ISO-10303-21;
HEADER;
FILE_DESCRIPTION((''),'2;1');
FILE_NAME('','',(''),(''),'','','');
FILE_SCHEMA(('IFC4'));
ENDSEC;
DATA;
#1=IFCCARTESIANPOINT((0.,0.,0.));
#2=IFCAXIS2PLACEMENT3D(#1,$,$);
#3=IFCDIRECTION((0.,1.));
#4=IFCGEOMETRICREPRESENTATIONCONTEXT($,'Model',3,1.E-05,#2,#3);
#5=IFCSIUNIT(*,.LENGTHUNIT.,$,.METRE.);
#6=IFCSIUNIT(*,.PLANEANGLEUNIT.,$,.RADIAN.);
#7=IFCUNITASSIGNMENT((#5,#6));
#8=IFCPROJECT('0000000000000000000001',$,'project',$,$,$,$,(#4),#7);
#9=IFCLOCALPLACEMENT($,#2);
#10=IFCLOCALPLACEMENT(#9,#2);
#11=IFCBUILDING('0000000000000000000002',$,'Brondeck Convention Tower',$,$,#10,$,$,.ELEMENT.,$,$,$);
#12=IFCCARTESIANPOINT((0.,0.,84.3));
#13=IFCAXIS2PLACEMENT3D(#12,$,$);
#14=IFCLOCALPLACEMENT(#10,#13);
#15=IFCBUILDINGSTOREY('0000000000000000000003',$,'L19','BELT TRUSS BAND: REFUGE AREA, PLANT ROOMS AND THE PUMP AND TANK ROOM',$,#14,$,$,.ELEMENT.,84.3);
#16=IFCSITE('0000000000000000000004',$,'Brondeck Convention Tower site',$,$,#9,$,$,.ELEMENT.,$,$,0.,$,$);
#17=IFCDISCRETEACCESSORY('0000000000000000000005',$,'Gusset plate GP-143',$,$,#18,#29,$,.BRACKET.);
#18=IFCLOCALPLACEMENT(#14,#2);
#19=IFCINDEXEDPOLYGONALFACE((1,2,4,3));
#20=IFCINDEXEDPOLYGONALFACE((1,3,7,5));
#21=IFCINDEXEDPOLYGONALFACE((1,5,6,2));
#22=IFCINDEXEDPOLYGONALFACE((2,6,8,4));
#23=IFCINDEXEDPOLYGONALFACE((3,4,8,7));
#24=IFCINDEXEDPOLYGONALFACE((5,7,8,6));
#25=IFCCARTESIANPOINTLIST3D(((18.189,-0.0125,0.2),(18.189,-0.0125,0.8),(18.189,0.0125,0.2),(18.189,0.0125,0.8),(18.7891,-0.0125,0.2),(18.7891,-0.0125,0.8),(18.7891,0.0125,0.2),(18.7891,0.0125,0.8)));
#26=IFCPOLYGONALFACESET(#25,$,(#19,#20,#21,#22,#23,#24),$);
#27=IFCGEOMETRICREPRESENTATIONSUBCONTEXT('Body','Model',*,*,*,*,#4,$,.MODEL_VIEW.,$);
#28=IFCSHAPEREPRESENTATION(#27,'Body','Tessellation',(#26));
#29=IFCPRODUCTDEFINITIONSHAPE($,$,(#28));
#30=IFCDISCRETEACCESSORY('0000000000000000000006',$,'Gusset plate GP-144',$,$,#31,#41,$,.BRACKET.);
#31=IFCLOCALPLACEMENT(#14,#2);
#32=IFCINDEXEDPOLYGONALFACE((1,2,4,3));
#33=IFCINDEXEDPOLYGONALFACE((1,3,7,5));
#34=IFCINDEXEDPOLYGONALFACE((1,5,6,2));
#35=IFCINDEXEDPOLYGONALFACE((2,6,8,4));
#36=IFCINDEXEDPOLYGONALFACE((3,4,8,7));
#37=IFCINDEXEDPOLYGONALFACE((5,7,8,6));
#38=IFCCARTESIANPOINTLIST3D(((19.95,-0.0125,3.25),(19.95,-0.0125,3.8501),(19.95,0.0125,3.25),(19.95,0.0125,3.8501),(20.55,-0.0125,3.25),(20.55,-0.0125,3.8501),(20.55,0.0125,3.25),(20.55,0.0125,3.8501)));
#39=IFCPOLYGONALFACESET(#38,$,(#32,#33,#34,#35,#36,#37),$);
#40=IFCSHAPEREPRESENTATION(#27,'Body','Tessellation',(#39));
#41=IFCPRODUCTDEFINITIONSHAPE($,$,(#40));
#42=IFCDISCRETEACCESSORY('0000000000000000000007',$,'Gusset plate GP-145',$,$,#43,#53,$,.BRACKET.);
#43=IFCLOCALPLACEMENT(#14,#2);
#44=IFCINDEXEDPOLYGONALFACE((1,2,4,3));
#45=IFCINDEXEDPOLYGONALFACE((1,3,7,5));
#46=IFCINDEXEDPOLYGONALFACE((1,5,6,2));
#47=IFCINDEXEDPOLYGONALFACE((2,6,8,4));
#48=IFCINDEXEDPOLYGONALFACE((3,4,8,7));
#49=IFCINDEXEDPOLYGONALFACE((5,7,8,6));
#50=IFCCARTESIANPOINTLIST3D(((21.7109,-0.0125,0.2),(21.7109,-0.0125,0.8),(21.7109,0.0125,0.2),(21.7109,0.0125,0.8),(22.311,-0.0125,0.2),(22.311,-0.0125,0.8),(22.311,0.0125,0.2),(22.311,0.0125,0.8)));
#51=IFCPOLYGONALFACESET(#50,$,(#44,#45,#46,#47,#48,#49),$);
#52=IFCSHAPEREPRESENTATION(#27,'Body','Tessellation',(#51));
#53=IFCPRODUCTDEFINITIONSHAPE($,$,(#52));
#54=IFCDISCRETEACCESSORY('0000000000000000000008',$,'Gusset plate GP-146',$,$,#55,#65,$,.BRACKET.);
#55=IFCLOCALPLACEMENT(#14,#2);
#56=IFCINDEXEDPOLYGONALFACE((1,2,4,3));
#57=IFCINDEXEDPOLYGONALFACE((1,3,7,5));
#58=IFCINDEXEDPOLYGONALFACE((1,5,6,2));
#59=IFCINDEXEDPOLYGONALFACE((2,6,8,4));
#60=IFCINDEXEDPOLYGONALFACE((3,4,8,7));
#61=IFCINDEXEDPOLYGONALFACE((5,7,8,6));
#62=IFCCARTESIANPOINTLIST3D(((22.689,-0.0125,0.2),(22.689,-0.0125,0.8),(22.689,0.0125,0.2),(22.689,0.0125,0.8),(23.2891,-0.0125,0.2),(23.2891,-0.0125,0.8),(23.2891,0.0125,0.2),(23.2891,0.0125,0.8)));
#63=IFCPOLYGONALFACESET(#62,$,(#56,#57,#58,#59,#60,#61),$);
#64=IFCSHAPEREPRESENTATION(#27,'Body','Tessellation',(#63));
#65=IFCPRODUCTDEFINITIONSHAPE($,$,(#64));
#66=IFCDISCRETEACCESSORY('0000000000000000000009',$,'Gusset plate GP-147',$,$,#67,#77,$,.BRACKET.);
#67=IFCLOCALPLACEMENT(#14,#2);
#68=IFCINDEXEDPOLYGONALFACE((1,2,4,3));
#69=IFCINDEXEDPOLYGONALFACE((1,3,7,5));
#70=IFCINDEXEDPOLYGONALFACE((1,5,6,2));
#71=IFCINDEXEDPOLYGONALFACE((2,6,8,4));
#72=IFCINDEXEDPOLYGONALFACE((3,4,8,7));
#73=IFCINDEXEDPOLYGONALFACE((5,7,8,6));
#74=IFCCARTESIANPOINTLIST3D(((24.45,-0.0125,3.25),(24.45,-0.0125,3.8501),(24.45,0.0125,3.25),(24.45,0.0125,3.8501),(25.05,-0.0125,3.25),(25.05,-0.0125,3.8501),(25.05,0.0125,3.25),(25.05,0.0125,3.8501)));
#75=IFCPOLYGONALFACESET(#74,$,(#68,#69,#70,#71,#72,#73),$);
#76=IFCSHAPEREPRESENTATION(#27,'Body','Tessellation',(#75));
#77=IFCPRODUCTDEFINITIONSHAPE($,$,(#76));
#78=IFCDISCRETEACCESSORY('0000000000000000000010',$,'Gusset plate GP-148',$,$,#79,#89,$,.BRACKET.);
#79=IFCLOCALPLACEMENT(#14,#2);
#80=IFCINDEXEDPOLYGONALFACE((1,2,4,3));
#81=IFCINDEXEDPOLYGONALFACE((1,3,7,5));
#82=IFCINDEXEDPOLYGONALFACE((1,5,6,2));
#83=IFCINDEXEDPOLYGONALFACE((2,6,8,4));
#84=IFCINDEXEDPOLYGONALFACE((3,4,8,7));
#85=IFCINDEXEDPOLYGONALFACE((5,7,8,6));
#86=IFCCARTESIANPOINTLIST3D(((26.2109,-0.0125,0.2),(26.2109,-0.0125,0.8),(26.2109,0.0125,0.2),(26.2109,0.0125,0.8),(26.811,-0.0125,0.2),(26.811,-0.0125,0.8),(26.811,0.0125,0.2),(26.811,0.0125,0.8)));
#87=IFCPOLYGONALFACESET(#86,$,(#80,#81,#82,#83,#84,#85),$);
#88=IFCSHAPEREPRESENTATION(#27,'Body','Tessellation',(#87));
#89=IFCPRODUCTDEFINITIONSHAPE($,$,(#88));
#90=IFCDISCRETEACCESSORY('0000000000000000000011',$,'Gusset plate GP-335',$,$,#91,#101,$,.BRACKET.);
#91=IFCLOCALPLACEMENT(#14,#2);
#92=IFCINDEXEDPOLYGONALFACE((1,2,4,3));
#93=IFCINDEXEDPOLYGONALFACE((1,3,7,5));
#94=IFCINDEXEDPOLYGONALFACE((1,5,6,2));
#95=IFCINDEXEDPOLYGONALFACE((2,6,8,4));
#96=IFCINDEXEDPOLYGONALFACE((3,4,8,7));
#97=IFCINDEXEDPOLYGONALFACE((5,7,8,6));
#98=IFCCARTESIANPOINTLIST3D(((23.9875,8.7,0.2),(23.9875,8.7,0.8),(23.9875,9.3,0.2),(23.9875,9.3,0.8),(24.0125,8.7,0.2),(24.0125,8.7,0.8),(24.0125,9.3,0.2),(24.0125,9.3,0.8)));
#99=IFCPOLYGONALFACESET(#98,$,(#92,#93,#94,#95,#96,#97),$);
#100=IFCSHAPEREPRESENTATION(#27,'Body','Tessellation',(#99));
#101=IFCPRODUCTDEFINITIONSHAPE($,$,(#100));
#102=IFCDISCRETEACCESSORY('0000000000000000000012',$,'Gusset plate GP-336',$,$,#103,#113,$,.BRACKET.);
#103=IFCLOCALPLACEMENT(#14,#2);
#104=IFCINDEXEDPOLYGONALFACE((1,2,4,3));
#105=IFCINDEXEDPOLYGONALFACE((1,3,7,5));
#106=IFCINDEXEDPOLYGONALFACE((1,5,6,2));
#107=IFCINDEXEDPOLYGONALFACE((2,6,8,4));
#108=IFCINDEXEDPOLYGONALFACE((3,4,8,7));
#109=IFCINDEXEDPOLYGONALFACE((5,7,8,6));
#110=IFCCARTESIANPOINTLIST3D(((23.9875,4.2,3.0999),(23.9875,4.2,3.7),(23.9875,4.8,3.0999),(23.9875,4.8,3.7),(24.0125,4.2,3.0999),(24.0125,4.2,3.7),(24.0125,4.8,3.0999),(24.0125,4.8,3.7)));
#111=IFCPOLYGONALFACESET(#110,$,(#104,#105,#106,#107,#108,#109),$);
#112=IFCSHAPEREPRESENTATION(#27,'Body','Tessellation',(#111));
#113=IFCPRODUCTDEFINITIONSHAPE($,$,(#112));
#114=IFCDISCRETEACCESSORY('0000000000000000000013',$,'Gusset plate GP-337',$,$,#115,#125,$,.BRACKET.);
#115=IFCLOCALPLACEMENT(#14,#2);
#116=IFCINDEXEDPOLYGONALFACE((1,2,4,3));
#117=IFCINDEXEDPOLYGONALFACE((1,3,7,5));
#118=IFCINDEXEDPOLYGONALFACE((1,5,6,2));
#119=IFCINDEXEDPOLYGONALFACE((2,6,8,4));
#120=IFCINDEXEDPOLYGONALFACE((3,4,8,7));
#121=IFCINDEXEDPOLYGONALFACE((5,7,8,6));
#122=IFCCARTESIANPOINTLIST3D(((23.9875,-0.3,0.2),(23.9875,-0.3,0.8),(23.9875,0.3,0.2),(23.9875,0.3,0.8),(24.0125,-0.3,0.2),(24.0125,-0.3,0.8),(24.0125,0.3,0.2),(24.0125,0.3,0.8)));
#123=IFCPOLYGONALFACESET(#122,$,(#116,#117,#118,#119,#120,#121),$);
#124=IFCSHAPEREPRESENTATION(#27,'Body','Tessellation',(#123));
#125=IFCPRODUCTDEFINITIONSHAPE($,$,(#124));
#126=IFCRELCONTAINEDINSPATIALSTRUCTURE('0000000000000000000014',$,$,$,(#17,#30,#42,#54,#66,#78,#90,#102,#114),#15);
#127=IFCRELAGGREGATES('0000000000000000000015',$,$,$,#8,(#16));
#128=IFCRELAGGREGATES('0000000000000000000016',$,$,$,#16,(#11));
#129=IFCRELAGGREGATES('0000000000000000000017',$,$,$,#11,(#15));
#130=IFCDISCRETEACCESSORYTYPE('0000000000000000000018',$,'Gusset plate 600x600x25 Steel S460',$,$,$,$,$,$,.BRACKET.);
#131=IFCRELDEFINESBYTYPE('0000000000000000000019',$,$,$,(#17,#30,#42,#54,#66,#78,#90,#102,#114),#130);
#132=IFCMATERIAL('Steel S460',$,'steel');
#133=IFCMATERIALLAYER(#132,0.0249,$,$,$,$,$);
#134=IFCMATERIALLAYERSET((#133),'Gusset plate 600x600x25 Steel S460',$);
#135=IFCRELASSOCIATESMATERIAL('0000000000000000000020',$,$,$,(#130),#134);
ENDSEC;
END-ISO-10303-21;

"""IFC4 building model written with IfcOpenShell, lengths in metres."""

from ifc_helpers import new_model, si_unit, direction, frame, origin, origin_2d, place, context, subcontext, project, spatial, rectangle, extrude, material, layer, layer_set, type_object, element, save


model = new_model("IFC4")

# Units and contexts
model_context = context("Model", 3, precision=1e-05, world=origin(), true_north=direction((0.0, 1.0)))
body_context = subcontext(model_context, "Body", "Model", "MODEL_VIEW")
ifc_project = project(units=[si_unit("LENGTHUNIT", "METRE"), si_unit("PLANEANGLEUNIT", "RADIAN")], contexts=[model_context])

# Site, building, storey
site_placement = place(None, origin())
site = spatial("IfcSite", under=ifc_project, at=site_placement, Name="Brondeck Convention Tower site", CompositionType="ELEMENT", RefElevation=0.0)
building_placement = place(site_placement, origin())
building = spatial("IfcBuilding", under=site, at=building_placement, Name="Brondeck Convention Tower", CompositionType="ELEMENT")
storey_placement = place(building_placement, frame((0.0, 0.0, 84.3)))
storey = spatial("IfcBuildingStorey", under=building, at=storey_placement, Name="L19", Description="BELT TRUSS BAND: REFUGE AREA, PLANT ROOMS AND THE PUMP AND TANK ROOM", CompositionType="ELEMENT", Elevation=84.3)

# Shared definitions
ifc_material_1 = material(Name="Steel S460", Category="steel")

# Discrete accessories
ifc_layer = layer(ifc_material_1, 0.0249)
ifc_layer_set = layer_set([ifc_layer], Name="Gusset plate 600x600x25 Steel S460")
discrete_accessory_type = type_object("IfcDiscreteAccessoryType", Name="Gusset plate 600x600x25 Steel S460", PredefinedType="BRACKET", material=ifc_layer_set)
for number, where, z_axis, x_axis, name in (
    (1, (18.489, 0.0, 0.2), (0.0, 0.0, 1.0), (1.0, 0.0, 0.0), "Gusset plate GP-143"),
    (2, (20.25, 0.0, 3.25), (0.0, 0.0, 1.0), (1.0, 0.0, 0.0), "Gusset plate GP-144"),
    (3, (22.011, 0.0, 0.2), (0.0, 0.0, 1.0), (1.0, 0.0, 0.0), "Gusset plate GP-145"),
    (4, (22.989, 0.0, 0.2), (0.0, 0.0, 1.0), (1.0, 0.0, 0.0), "Gusset plate GP-146"),
    (5, (24.75, 0.0, 3.25), (0.0, 0.0, 1.0), (1.0, 0.0, 0.0), "Gusset plate GP-147"),
    (6, (26.511, 0.0, 0.2), (0.0, 0.0, 1.0), (1.0, 0.0, 0.0), "Gusset plate GP-148"),
    (7, (24.0, 9.0, 0.2), (0.0, 0.0, 1.0), (0.0, 1.0, 0.0), "Gusset plate GP-335"),
    (8, (24.0, 4.5, 3.0999), (0.0, 0.0, 1.0), (0.0, 1.0, 0.0), "Gusset plate GP-336"),
    (9, (24.0, 0.0, 0.2), (0.0, 0.0, 1.0), (0.0, 1.0, 0.0), "Gusset plate GP-337"),
):
    element("IfcDiscreteAccessory", number, at=place(storey_placement, frame(where, z_axis=z_axis, x_axis=x_axis)), inside=storey, type_object=discrete_accessory_type, Name=name, PredefinedType="BRACKET", context=body_context, shape_type="SweptSolid", body=[
        extrude(rectangle(XDim=0.6001, YDim=0.0249, at=origin_2d()), origin(), (0.0, 0.0, 1.0), 0.6001),
    ])

save(model, "model.ifc")
